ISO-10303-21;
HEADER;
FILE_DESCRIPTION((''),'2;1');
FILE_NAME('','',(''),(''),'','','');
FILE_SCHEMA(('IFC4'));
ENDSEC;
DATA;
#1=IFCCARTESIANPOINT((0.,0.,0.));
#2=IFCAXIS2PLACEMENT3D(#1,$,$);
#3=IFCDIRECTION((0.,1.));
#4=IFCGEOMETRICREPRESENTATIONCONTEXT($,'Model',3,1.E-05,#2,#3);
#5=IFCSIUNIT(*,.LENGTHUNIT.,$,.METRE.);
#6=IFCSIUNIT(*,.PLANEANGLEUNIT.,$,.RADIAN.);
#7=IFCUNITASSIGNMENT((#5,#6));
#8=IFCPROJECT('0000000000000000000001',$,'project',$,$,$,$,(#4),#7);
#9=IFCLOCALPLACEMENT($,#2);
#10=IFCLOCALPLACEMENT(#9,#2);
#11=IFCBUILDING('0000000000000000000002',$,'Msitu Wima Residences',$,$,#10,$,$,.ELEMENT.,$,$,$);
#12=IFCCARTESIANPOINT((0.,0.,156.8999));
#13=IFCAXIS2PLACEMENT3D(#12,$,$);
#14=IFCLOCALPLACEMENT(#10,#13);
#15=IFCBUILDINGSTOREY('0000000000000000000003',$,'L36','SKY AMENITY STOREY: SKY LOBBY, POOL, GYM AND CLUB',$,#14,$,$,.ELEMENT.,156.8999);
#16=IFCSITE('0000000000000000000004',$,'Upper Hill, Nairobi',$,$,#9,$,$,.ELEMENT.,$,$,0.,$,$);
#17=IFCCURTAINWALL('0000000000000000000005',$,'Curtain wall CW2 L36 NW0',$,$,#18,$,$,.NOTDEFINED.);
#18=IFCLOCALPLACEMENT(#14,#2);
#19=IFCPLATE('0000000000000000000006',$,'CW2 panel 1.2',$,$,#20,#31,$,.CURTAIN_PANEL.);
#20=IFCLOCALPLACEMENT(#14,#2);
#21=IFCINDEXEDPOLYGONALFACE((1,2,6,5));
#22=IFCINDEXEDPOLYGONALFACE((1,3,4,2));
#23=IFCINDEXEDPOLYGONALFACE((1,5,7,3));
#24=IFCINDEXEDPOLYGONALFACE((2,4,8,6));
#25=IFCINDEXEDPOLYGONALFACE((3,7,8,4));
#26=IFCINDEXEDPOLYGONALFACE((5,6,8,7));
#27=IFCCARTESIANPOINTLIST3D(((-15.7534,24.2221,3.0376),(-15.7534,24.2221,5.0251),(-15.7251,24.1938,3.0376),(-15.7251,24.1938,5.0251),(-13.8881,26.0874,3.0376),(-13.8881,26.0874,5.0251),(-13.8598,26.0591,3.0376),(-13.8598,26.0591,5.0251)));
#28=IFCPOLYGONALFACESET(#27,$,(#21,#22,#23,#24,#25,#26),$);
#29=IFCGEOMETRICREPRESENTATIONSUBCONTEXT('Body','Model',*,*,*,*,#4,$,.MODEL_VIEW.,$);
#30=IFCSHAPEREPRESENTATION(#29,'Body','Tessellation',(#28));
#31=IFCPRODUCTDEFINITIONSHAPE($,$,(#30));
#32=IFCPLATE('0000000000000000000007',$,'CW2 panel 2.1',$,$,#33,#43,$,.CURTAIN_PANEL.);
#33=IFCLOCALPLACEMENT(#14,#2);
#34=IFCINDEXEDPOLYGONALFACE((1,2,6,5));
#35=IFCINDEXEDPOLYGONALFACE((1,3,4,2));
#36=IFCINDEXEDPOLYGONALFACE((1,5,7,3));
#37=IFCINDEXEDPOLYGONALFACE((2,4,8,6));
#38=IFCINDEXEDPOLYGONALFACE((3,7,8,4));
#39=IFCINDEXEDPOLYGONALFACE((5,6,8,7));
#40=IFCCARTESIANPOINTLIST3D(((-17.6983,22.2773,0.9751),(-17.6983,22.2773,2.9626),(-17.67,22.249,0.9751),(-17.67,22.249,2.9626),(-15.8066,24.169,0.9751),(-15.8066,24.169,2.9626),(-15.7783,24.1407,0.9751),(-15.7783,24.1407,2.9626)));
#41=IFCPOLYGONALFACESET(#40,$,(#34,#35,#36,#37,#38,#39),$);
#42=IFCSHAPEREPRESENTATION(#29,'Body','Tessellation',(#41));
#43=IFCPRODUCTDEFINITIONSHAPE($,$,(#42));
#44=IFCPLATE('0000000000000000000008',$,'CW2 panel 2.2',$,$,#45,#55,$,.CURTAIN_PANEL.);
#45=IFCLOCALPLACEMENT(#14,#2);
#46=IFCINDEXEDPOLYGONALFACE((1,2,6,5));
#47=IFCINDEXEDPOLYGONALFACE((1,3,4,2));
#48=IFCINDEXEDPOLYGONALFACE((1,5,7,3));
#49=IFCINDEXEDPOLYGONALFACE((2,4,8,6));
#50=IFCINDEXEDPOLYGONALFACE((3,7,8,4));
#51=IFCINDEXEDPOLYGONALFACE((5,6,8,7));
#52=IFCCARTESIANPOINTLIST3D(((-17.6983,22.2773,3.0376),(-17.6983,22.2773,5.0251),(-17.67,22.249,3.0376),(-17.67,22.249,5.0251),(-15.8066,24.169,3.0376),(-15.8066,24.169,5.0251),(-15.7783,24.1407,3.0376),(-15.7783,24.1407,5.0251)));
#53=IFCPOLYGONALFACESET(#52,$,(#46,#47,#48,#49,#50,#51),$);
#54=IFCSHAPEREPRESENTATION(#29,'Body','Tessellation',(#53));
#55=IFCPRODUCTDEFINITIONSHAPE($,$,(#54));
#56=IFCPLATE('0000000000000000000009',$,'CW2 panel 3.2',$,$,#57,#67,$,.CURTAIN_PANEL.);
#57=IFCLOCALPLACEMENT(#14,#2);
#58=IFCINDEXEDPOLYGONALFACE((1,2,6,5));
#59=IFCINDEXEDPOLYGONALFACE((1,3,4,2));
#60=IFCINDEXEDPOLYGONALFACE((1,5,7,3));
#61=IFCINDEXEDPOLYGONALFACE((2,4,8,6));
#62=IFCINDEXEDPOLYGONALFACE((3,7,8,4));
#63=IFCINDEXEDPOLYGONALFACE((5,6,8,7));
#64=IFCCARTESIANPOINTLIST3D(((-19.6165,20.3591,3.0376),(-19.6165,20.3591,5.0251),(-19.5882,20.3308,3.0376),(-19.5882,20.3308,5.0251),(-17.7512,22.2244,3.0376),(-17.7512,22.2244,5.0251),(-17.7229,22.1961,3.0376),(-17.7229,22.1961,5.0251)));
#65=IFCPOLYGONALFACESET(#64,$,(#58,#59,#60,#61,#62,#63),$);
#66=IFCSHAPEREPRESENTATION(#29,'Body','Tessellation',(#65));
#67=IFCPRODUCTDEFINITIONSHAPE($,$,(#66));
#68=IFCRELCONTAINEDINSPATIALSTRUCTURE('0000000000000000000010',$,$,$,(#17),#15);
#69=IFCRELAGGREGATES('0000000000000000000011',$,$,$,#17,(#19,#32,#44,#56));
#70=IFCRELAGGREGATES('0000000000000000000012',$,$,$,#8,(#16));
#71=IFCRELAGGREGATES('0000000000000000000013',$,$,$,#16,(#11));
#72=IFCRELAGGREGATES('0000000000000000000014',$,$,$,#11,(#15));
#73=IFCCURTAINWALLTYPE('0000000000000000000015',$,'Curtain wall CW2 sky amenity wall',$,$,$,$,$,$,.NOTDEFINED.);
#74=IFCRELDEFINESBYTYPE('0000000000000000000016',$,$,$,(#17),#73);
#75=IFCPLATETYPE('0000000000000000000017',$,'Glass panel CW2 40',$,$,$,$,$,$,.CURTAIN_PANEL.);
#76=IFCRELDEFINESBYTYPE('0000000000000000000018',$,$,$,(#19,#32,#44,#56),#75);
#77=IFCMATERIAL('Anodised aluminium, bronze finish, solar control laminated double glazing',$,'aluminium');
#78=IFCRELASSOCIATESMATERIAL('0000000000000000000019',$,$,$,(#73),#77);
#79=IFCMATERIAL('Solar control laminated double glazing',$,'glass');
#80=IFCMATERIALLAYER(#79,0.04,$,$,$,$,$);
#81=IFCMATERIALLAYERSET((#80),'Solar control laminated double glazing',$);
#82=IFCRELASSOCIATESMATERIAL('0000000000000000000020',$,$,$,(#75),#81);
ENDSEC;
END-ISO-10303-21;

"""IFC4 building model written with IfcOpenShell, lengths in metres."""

from ifc_helpers import new_model, si_unit, direction, frame, origin, origin_2d, place, context, subcontext, project, spatial, rectangle, extrude, material, layer, layer_set, type_object, element, aggregate, save


model = new_model("IFC4")

# Units and contexts
model_context = context("Model", 3, precision=1e-05, world=origin(), true_north=direction((0.0, 1.0)))
body_context = subcontext(model_context, "Body", "Model", "MODEL_VIEW")
ifc_project = project(units=[si_unit("LENGTHUNIT", "METRE"), si_unit("PLANEANGLEUNIT", "RADIAN")], contexts=[model_context])

# Site, building, storey
site_placement = place(None, origin())
site = spatial("IfcSite", under=ifc_project, at=site_placement, Name="Upper Hill, Nairobi", CompositionType="ELEMENT", RefElevation=0.0)
building_placement = place(site_placement, origin())
building = spatial("IfcBuilding", under=site, at=building_placement, Name="Msitu Wima Residences", CompositionType="ELEMENT")
storey_placement = place(building_placement, frame((0.0, 0.0, 156.8999)))
storey = spatial("IfcBuildingStorey", under=building, at=storey_placement, Name="L36", Description="SKY AMENITY STOREY: SKY LOBBY, POOL, GYM AND CLUB", CompositionType="ELEMENT", Elevation=156.8999)

# Curtain wall
ifc_material_1 = material(Name="Anodised aluminium, bronze finish, solar control laminated double glazing", Category="aluminium")
curtain_wall_type = type_object("IfcCurtainWallType", Name="Curtain wall CW2 sky amenity wall", PredefinedType="NOTDEFINED", material=ifc_material_1)
curtain_wall_placement = place(storey_placement, origin())
curtain_wall = element("IfcCurtainWall", 1, at=curtain_wall_placement, inside=storey, type_object=curtain_wall_type, Name="Curtain wall CW2 L36 NW0", PredefinedType="NOTDEFINED")

# Plates
ifc_material_2 = material(Name="Solar control laminated double glazing", Category="glass")
ifc_layer = layer(ifc_material_2, 0.04)
ifc_layer_set = layer_set([ifc_layer], Name="Solar control laminated double glazing")
plate_type = type_object("IfcPlateType", Name="Glass panel CW2 40", PredefinedType="CURTAIN_PANEL", material=ifc_layer_set)
plate_1_placement = place(storey_placement, frame((-14.8066, 25.1406, 3.0376), z_axis=(0.0, 0.0, 1.0), x_axis=(-0.707107, -0.707107, 0.0)))
plate_1 = element("IfcPlate", 2, at=plate_1_placement, type_object=plate_type, Name="CW2 panel 1.2", PredefinedType="CURTAIN_PANEL", context=body_context, shape_type="SweptSolid", body=[
    extrude(rectangle(XDim=2.6379, YDim=0.04, at=origin_2d()), origin(), (0.0, 0.0, 1.0), 1.9875),
])
plate_2_placement = place(storey_placement, frame((-16.7383, 23.209, 0.9751), z_axis=(0.0, 0.0, 1.0), x_axis=(-0.707107, -0.707107, 0.0)))
plate_2 = element("IfcPlate", 3, at=plate_2_placement, type_object=plate_type, Name="CW2 panel 2.1", PredefinedType="CURTAIN_PANEL", context=body_context, shape_type="SweptSolid", body=[
    extrude(rectangle(XDim=2.6753, YDim=0.04, at=origin_2d()), origin(), (0.0, 0.0, 1.0), 1.9875),
])
plate_3_placement = place(storey_placement, frame((-16.7383, 23.209, 3.0376), z_axis=(0.0, 0.0, 1.0), x_axis=(-0.707107, -0.707107, 0.0)))
plate_3 = element("IfcPlate", 4, at=plate_3_placement, type_object=plate_type, Name="CW2 panel 2.2", PredefinedType="CURTAIN_PANEL", context=body_context, shape_type="SweptSolid", body=[
    extrude(rectangle(XDim=2.6753, YDim=0.04, at=origin_2d()), origin(), (0.0, 0.0, 1.0), 1.9875),
])
plate_4_placement = place(storey_placement, frame((-18.6697, 21.2776, 3.0376), z_axis=(0.0, 0.0, 1.0), x_axis=(-0.707107, -0.707107, 0.0)))
plate_4 = element("IfcPlate", 5, at=plate_4_placement, type_object=plate_type, Name="CW2 panel 3.2", PredefinedType="CURTAIN_PANEL", context=body_context, shape_type="SweptSolid", body=[
    extrude(rectangle(XDim=2.6379, YDim=0.04, at=origin_2d()), origin(), (0.0, 0.0, 1.0), 1.9875),
])
aggregate(curtain_wall, [plate_1, plate_2, plate_3, plate_4])

save(model, "model.ifc")
